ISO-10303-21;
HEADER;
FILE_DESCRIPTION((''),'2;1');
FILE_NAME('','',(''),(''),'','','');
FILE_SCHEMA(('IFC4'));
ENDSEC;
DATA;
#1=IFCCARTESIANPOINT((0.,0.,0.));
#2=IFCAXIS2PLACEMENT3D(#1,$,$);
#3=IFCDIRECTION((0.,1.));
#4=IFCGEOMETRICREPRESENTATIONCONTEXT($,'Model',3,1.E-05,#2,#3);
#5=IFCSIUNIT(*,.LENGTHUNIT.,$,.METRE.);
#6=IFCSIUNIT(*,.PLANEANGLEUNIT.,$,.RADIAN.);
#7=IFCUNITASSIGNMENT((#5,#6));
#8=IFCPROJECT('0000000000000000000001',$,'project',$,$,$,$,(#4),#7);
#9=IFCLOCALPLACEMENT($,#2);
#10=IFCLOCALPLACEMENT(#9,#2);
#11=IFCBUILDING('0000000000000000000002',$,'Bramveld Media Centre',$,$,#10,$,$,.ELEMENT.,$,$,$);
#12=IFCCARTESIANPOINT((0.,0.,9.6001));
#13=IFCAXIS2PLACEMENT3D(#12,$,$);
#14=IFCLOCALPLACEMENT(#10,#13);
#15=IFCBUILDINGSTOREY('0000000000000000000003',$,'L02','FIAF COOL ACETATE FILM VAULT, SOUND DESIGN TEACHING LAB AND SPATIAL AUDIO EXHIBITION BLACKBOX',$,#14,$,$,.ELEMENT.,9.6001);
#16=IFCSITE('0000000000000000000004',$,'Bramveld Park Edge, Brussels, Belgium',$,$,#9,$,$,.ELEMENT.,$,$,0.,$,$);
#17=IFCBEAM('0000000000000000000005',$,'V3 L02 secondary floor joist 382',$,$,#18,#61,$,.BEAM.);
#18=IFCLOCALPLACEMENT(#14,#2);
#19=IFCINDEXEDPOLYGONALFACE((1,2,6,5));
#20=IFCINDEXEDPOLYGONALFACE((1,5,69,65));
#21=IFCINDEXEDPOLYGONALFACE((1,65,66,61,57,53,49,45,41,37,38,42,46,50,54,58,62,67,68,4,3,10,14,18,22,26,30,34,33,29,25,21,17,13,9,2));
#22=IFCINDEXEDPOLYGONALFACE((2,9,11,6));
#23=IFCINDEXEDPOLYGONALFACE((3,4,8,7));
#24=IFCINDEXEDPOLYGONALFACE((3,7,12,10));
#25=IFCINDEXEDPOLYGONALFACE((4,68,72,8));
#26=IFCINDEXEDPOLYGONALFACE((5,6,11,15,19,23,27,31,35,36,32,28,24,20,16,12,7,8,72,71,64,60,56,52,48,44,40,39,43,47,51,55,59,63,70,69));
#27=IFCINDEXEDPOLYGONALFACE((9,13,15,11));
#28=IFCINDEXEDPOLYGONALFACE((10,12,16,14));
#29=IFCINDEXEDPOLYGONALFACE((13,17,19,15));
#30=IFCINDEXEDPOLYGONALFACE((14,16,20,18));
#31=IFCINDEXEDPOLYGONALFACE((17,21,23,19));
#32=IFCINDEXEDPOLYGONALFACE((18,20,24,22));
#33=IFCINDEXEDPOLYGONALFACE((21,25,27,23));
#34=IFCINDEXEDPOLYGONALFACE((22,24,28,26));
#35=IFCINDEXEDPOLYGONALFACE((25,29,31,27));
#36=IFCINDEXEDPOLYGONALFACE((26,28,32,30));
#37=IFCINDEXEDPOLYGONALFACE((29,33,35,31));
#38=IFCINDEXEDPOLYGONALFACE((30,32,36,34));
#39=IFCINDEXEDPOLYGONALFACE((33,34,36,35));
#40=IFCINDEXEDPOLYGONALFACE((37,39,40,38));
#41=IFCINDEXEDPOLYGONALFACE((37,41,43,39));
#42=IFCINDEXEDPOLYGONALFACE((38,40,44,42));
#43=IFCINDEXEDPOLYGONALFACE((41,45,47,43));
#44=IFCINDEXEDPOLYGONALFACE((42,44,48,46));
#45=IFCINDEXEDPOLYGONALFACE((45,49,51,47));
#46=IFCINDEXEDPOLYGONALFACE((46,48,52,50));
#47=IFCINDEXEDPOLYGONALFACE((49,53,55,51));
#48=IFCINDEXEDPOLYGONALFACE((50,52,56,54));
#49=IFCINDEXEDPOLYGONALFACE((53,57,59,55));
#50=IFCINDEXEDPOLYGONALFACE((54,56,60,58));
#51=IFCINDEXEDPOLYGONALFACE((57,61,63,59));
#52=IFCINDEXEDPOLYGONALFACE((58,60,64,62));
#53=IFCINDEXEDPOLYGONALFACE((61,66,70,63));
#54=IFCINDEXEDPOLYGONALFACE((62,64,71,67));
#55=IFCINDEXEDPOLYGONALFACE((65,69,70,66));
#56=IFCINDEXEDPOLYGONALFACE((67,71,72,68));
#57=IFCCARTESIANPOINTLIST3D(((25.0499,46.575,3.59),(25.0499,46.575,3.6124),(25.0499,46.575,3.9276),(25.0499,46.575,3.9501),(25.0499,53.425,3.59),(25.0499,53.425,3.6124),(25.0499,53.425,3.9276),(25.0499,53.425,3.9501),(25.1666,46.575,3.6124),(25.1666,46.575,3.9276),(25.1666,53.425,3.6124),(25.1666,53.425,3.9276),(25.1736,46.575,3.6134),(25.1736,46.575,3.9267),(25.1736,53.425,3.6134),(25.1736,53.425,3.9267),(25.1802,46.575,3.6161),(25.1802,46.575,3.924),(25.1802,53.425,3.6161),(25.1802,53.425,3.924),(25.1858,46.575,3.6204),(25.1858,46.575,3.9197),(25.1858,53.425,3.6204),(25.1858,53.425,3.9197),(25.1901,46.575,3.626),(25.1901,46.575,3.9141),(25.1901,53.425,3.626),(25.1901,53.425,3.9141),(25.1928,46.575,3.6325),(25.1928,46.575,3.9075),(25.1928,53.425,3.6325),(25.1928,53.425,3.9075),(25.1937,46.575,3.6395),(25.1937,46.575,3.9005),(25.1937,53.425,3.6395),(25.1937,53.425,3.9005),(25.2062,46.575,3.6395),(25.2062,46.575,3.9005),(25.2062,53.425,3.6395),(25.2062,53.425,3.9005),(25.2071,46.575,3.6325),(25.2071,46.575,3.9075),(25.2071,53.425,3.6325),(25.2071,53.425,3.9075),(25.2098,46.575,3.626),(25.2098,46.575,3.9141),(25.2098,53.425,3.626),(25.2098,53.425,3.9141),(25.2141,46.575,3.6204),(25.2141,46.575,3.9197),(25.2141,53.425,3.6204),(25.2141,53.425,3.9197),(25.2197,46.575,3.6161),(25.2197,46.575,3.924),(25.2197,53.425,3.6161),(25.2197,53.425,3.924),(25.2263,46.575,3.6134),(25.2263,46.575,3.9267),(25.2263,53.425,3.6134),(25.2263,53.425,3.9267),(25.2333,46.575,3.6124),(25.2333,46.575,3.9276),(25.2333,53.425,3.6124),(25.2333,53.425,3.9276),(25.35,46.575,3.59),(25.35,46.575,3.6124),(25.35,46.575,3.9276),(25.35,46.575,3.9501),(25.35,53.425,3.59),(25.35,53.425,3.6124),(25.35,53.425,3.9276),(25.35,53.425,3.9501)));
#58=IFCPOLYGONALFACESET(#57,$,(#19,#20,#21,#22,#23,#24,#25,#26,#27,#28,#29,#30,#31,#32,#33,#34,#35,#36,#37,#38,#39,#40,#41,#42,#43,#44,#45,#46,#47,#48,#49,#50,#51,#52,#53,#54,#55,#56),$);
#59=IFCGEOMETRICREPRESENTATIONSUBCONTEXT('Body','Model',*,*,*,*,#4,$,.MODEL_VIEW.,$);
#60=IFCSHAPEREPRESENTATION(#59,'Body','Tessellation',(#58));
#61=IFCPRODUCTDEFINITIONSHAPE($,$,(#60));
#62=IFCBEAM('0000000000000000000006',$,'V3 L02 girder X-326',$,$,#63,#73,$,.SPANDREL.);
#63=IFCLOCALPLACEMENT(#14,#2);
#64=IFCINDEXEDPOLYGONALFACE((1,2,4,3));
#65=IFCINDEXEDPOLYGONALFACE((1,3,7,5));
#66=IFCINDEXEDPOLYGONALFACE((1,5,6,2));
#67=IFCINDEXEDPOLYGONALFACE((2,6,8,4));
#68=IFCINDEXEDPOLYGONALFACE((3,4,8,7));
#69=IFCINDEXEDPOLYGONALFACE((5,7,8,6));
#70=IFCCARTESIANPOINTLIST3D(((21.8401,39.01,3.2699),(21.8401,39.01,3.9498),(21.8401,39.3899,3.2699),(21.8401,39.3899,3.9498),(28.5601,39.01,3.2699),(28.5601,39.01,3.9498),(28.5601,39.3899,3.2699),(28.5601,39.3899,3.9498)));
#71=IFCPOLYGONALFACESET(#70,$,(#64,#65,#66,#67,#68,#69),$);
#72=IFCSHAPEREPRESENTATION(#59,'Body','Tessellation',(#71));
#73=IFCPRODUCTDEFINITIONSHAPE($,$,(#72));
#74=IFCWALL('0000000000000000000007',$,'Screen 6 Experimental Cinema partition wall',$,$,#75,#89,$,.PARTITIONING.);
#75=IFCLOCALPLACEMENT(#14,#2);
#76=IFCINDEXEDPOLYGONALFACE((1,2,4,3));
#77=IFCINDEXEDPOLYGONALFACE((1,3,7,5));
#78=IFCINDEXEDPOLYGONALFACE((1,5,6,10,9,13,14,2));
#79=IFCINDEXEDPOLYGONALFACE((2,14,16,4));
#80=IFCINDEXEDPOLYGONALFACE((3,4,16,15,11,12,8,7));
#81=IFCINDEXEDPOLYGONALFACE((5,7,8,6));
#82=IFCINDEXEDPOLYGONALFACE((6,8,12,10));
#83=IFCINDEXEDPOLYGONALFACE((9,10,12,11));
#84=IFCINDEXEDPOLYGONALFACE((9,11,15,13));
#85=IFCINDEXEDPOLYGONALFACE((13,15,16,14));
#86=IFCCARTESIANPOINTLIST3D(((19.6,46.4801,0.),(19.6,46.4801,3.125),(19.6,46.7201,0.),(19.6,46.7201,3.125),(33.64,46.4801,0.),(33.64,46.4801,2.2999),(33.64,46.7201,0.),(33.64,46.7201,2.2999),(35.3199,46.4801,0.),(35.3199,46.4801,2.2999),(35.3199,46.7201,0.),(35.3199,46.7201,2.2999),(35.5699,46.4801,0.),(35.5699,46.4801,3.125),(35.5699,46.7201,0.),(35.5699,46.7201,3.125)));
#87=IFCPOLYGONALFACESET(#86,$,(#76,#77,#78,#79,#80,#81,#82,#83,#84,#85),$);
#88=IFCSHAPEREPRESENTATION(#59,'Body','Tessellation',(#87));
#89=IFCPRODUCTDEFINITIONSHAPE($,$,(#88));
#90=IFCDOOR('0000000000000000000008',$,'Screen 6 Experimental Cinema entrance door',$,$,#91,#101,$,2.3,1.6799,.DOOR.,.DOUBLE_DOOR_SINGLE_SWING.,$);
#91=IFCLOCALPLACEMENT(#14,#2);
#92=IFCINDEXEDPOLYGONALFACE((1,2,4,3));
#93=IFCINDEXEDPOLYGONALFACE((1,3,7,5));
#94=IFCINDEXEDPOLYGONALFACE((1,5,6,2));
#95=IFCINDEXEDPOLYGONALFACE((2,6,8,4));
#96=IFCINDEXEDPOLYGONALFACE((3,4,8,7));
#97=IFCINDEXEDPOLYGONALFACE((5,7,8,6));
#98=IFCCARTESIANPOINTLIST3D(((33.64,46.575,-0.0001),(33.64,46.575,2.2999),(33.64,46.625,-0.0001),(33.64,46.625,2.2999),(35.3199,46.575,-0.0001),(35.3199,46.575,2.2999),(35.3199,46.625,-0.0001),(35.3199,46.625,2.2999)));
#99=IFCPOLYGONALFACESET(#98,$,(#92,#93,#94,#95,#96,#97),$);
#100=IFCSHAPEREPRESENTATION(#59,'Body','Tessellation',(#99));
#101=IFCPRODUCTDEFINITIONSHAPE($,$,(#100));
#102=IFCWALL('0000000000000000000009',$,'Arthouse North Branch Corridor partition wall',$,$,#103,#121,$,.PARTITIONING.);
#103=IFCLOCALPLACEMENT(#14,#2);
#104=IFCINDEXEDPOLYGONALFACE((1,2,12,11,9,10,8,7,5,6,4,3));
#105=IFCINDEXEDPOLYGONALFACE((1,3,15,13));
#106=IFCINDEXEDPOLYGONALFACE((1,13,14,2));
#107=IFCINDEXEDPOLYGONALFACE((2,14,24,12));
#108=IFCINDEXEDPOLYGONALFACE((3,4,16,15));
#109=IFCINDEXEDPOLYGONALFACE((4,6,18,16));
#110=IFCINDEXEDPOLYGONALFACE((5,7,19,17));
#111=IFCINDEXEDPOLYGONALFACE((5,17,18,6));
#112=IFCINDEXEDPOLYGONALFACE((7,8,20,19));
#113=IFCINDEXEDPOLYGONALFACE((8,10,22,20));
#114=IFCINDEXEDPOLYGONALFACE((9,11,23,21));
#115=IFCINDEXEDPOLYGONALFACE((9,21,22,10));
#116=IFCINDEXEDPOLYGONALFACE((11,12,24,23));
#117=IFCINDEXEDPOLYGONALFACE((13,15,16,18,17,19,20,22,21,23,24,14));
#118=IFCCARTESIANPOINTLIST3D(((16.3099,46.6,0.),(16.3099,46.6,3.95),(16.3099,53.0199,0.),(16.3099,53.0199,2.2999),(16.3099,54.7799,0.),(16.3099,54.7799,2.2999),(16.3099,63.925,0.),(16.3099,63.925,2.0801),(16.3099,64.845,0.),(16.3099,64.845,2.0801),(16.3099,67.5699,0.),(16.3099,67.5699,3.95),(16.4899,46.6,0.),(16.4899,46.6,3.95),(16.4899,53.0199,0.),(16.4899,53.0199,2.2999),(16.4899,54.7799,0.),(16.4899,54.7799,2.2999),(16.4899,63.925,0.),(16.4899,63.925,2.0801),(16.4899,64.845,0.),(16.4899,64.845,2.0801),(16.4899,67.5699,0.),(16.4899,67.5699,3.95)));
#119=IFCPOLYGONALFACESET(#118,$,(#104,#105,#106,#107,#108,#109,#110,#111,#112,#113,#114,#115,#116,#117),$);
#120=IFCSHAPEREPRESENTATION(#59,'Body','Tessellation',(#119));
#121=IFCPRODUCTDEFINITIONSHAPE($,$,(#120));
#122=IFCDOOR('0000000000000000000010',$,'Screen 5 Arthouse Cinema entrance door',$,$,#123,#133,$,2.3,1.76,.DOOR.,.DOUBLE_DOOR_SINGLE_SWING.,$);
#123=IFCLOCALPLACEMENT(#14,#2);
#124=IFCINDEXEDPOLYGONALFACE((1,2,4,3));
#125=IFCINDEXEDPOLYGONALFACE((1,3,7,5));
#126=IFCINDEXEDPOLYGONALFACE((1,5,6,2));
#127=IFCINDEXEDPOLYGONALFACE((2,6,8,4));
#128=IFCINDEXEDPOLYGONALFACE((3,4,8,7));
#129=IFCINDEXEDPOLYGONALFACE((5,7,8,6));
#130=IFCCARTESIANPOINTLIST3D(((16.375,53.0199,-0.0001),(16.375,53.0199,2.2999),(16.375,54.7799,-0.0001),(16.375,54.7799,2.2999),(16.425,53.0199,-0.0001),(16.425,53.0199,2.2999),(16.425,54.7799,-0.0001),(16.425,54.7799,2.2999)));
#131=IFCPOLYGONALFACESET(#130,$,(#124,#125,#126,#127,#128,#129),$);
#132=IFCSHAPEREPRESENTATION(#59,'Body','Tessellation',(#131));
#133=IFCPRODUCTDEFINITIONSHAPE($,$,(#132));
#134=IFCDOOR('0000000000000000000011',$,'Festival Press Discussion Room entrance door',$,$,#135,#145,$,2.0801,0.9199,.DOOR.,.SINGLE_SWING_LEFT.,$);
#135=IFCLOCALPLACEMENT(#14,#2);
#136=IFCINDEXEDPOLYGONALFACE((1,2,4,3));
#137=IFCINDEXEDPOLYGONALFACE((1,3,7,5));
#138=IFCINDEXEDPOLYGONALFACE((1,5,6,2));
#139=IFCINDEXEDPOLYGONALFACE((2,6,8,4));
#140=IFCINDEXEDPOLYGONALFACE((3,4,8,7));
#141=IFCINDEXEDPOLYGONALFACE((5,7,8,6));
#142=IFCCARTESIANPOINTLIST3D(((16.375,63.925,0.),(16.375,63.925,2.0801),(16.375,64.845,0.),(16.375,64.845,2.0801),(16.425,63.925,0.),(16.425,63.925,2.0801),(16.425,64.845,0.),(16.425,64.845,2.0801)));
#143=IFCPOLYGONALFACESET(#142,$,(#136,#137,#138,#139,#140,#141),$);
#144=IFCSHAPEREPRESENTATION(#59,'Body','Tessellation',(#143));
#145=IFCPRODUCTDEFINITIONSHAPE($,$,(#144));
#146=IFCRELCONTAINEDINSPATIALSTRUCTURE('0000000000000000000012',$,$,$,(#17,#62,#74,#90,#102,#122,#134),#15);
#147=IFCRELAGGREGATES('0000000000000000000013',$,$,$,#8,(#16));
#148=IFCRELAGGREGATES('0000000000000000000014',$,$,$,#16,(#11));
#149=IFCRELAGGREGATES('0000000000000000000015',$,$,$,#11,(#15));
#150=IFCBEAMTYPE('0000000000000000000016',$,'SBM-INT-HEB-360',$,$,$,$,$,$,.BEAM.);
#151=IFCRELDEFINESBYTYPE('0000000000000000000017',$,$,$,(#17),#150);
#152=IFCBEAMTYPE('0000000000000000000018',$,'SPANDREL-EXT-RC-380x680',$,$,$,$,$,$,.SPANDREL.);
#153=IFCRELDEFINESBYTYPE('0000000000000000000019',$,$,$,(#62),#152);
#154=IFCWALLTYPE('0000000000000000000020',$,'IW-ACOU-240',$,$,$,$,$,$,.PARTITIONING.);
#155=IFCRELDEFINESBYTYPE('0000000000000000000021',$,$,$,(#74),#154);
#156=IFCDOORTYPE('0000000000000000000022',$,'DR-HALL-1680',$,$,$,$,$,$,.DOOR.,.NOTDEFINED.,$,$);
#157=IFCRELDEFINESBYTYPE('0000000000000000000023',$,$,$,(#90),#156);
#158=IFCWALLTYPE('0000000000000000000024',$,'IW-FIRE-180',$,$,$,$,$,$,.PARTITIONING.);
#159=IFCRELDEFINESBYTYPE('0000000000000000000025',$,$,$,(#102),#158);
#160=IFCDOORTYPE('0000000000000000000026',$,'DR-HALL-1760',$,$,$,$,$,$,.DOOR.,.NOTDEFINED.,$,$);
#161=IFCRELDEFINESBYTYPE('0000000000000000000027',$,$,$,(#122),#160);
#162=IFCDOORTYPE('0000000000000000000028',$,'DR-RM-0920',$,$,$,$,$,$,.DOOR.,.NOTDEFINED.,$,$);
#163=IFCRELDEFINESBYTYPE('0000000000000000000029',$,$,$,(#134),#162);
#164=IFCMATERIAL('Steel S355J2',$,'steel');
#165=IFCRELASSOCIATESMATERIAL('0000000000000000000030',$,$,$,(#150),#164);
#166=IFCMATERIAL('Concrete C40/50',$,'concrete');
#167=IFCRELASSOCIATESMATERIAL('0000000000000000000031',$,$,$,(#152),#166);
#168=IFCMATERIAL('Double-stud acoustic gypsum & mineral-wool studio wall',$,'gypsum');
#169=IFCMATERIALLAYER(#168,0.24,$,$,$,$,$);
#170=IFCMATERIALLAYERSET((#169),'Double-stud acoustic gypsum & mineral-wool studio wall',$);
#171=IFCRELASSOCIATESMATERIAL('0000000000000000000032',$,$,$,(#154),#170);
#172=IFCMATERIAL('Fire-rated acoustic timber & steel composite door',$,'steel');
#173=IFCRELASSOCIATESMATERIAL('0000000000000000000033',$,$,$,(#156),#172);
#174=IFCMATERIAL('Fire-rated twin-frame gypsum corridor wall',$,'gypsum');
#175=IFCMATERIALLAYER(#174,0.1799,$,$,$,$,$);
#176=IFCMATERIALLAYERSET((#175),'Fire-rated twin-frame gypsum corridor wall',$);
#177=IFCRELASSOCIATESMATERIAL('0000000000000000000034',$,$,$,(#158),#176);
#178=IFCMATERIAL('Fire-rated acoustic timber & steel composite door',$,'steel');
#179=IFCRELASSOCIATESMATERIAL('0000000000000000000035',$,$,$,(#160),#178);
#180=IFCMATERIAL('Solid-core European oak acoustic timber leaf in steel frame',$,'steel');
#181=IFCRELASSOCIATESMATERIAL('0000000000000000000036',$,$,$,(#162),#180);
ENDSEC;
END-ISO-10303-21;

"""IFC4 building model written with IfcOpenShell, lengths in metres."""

from ifc_helpers import new_model, si_unit, direction, frame, frame_2d, origin, origin_2d, place, context, subcontext, project, spatial, rectangle, i_section, extrude, material, layer, layer_set, material_profile, profile_set, type_object, element, fill, save


model = new_model("IFC4")

# Units and contexts
model_context = context("Model", 3, precision=1e-05, world=origin(), true_north=direction((0.0, 1.0)))
body_context = subcontext(model_context, "Body", "Model", "MODEL_VIEW")
ifc_project = project(units=[si_unit("LENGTHUNIT", "METRE"), si_unit("PLANEANGLEUNIT", "RADIAN")], contexts=[model_context])

# Site, building, storey
site_placement = place(None, origin())
site = spatial("IfcSite", under=ifc_project, at=site_placement, Name="Bramveld Park Edge, Brussels, Belgium", CompositionType="ELEMENT", RefElevation=0.0)
building_placement = place(site_placement, origin())
building = spatial("IfcBuilding", under=site, at=building_placement, Name="Bramveld Media Centre", CompositionType="ELEMENT")
storey_placement = place(building_placement, frame((0.0, 0.0, 9.6001)))
storey = spatial("IfcBuildingStorey", under=building, at=storey_placement, Name="L02", Description="FIAF COOL ACETATE FILM VAULT, SOUND DESIGN TEACHING LAB AND SPATIAL AUDIO EXHIBITION BLACKBOX", CompositionType="ELEMENT", Elevation=9.6001)

# Beams
ifc_material_1 = material(Name="Steel S355J2", Category="steel")
ifc_material_profile_1 = material_profile(ifc_material_1, i_section(OverallWidth=0.3, OverallDepth=0.3601, WebThickness=0.0125, FlangeThickness=0.0225, FilletRadius=0.0271, at=origin_2d()), Name="HEB 360")
ifc_profile_set_1 = profile_set([ifc_material_profile_1], Name="Steel S355J2")
beam_type_1 = type_object("IfcBeamType", Name="SBM-INT-HEB-360", PredefinedType="BEAM", material=ifc_profile_set_1)
beam_1_placement = place(storey_placement, frame((25.2, 46.575, 3.77), z_axis=(0.0, 1.0, 0.0), x_axis=(-1.0, 0.0, 0.0)))
element("IfcBeam", 1, at=beam_1_placement, inside=storey, type_object=beam_type_1, Name="V3 L02 secondary floor joist 382", PredefinedType="BEAM", context=body_context, shape_type="SweptSolid", body=[
    extrude(i_section(OverallWidth=0.3, OverallDepth=0.3601, WebThickness=0.0125, FlangeThickness=0.0225, FilletRadius=0.0271, at=origin_2d()), origin(), (0.0, 0.0, 1.0), 6.8501),
])
ifc_material_2 = material(Name="Concrete C40/50", Category="concrete")
ifc_material_profile_2 = material_profile(ifc_material_2, rectangle(XDim=0.3799, YDim=0.6799, at=origin_2d()), Name="RC 380x680")
ifc_profile_set_2 = profile_set([ifc_material_profile_2], Name="Concrete C40/50")
beam_type_2 = type_object("IfcBeamType", Name="SPANDREL-EXT-RC-380x680", PredefinedType="SPANDREL", material=ifc_profile_set_2)
beam_2_placement = place(storey_placement, frame((21.8401, 39.2, 3.6099), z_axis=(1.0, 0.0, 0.0), x_axis=(0.0, 1.0, 0.0)))
element("IfcBeam", 2, at=beam_2_placement, inside=storey, type_object=beam_type_2, Name="V3 L02 girder X-326", PredefinedType="SPANDREL", context=body_context, shape_type="SweptSolid", body=[
    extrude(rectangle(XDim=0.3799, YDim=0.6799, at=origin_2d()), origin(), (0.0, 0.0, 1.0), 6.72),
])

# Wall, opening, door
ifc_material_3 = material(Name="Double-stud acoustic gypsum & mineral-wool studio wall", Category="gypsum")
ifc_layer_1 = layer(ifc_material_3, 0.24)
ifc_layer_set_1 = layer_set([ifc_layer_1], Name="Double-stud acoustic gypsum & mineral-wool studio wall")
wall_type_1 = type_object("IfcWallType", Name="IW-ACOU-240", PredefinedType="PARTITIONING", material=ifc_layer_set_1)
wall_1_placement = place(storey_placement, frame((19.6001, 46.6001, 0.0), z_axis=(0.0, 0.0, 1.0), x_axis=(1.0, 0.0, 0.0)))
wall_1 = element("IfcWall", 3, at=wall_1_placement, inside=storey, type_object=wall_type_1, Name="Screen 6 Experimental Cinema partition wall", PredefinedType="PARTITIONING", context=body_context, shape_type="SweptSolid", body=[
    extrude(rectangle(XDim=15.97, YDim=0.24, at=frame_2d((7.9849, 0.0))), origin(), (0.0, 0.0, 1.0), 3.125),
])
opening_1_placement = place(wall_1_placement, frame((14.04, 0.0, 0.0)))
opening_1 = element("IfcOpeningElement", 4, at=opening_1_placement, cuts=wall_1, PredefinedType="OPENING", context=body_context, shape_type="SweptSolid", body=[
    extrude(rectangle(XDim=1.6799, YDim=2.3, at=frame_2d((0.8398, 1.1499))), frame((0.0, 0.1318, 0.0), z_axis=(0.0, -1.0, 0.0), x_axis=(1.0, 0.0, 0.0)), (0.0, 0.0, 1.0), 0.2639),
])
ifc_material_4 = material(Name="Fire-rated acoustic timber & steel composite door", Category="steel")
door_type_1 = type_object("IfcDoorType", Name="DR-HALL-1680", OperationType="NOTDEFINED", PredefinedType="DOOR", material=ifc_material_4)
door_1_placement = place(opening_1_placement, origin())
door_1 = element("IfcDoor", 5, at=door_1_placement, inside=storey, type_object=door_type_1, Name="Screen 6 Experimental Cinema entrance door", OperationType="DOUBLE_DOOR_SINGLE_SWING", OverallHeight=2.3, OverallWidth=1.6799, PredefinedType="DOOR", context=body_context, shape_type="SweptSolid", body=[
    extrude(rectangle(XDim=1.6799, YDim=2.3, at=frame_2d((0.8398, 1.1499))), frame((0.0, 0.0249, 0.0), z_axis=(0.0, -1.0, 0.0), x_axis=(1.0, 0.0, 0.0)), (0.0, 0.0, 1.0), 0.05),
])
fill(opening_1, door_1)

# Wall, openings, doors
ifc_material_5 = material(Name="Fire-rated twin-frame gypsum corridor wall", Category="gypsum")
ifc_layer_2 = layer(ifc_material_5, 0.1799)
ifc_layer_set_2 = layer_set([ifc_layer_2], Name="Fire-rated twin-frame gypsum corridor wall")
wall_type_2 = type_object("IfcWallType", Name="IW-FIRE-180", PredefinedType="PARTITIONING", material=ifc_layer_set_2)
wall_2_placement = place(storey_placement, frame((16.3999, 46.6001, 0.0), z_axis=(0.0, 0.0, 1.0), x_axis=(0.0, 1.0, 0.0)))
wall_2 = element("IfcWall", 6, at=wall_2_placement, inside=storey, type_object=wall_type_2, Name="Arthouse North Branch Corridor partition wall", PredefinedType="PARTITIONING", context=body_context, shape_type="SweptSolid", body=[
    extrude(rectangle(XDim=20.97, YDim=0.1799, at=frame_2d((10.4849, 0.0))), origin(), (0.0, 0.0, 1.0), 3.95),
])
opening_2_placement = place(wall_2_placement, frame((6.4199, 0.0, 0.0)))
opening_2 = element("IfcOpeningElement", 7, at=opening_2_placement, cuts=wall_2, PredefinedType="OPENING", context=body_context, shape_type="SweptSolid", body=[
    extrude(rectangle(XDim=1.76, YDim=2.3, at=frame_2d((0.8799, 1.1499))), frame((0.0, 0.1021, 0.0), z_axis=(0.0, -1.0, 0.0), x_axis=(1.0, 0.0, 0.0)), (0.0, 0.0, 1.0), 0.2039),
])
opening_3_placement = place(wall_2_placement, frame((17.325, 0.0, 0.0)))
opening_3 = element("IfcOpeningElement", 8, at=opening_3_placement, cuts=wall_2, PredefinedType="OPENING", context=body_context, shape_type="SweptSolid", body=[
    extrude(rectangle(XDim=0.9199, YDim=2.0801, at=frame_2d((0.46, 1.04))), frame((0.0, 0.1021, 0.0), z_axis=(0.0, -1.0, 0.0), x_axis=(1.0, 0.0, 0.0)), (0.0, 0.0, 1.0), 0.2039),
])
ifc_material_6 = material(Name="Fire-rated acoustic timber & steel composite door", Category="steel")
door_type_2 = type_object("IfcDoorType", Name="DR-HALL-1760", OperationType="NOTDEFINED", PredefinedType="DOOR", material=ifc_material_6)
door_2_placement = place(opening_2_placement, origin())
door_2 = element("IfcDoor", 9, at=door_2_placement, inside=storey, type_object=door_type_2, Name="Screen 5 Arthouse Cinema entrance door", OperationType="DOUBLE_DOOR_SINGLE_SWING", OverallHeight=2.3, OverallWidth=1.76, PredefinedType="DOOR", context=body_context, shape_type="SweptSolid", body=[
    extrude(rectangle(XDim=1.76, YDim=2.3, at=frame_2d((0.8799, 1.1499))), frame((0.0, 0.0249, 0.0), z_axis=(0.0, -1.0, 0.0), x_axis=(1.0, 0.0, 0.0)), (0.0, 0.0, 1.0), 0.05),
])
fill(opening_2, door_2)
ifc_material_7 = material(Name="Solid-core European oak acoustic timber leaf in steel frame", Category="steel")
door_type_3 = type_object("IfcDoorType", Name="DR-RM-0920", OperationType="NOTDEFINED", PredefinedType="DOOR", material=ifc_material_7)
door_3_placement = place(opening_3_placement, origin())
door_3 = element("IfcDoor", 10, at=door_3_placement, inside=storey, type_object=door_type_3, Name="Festival Press Discussion Room entrance door", OperationType="SINGLE_SWING_LEFT", OverallHeight=2.0801, OverallWidth=0.9199, PredefinedType="DOOR", context=body_context, shape_type="SweptSolid", body=[
    extrude(rectangle(XDim=0.9199, YDim=2.0801, at=frame_2d((0.46, 1.04))), frame((0.0, 0.0249, 0.0), z_axis=(0.0, -1.0, 0.0), x_axis=(1.0, 0.0, 0.0)), (0.0, 0.0, 1.0), 0.05),
])
fill(opening_3, door_3)

save(model, "model.ifc")
